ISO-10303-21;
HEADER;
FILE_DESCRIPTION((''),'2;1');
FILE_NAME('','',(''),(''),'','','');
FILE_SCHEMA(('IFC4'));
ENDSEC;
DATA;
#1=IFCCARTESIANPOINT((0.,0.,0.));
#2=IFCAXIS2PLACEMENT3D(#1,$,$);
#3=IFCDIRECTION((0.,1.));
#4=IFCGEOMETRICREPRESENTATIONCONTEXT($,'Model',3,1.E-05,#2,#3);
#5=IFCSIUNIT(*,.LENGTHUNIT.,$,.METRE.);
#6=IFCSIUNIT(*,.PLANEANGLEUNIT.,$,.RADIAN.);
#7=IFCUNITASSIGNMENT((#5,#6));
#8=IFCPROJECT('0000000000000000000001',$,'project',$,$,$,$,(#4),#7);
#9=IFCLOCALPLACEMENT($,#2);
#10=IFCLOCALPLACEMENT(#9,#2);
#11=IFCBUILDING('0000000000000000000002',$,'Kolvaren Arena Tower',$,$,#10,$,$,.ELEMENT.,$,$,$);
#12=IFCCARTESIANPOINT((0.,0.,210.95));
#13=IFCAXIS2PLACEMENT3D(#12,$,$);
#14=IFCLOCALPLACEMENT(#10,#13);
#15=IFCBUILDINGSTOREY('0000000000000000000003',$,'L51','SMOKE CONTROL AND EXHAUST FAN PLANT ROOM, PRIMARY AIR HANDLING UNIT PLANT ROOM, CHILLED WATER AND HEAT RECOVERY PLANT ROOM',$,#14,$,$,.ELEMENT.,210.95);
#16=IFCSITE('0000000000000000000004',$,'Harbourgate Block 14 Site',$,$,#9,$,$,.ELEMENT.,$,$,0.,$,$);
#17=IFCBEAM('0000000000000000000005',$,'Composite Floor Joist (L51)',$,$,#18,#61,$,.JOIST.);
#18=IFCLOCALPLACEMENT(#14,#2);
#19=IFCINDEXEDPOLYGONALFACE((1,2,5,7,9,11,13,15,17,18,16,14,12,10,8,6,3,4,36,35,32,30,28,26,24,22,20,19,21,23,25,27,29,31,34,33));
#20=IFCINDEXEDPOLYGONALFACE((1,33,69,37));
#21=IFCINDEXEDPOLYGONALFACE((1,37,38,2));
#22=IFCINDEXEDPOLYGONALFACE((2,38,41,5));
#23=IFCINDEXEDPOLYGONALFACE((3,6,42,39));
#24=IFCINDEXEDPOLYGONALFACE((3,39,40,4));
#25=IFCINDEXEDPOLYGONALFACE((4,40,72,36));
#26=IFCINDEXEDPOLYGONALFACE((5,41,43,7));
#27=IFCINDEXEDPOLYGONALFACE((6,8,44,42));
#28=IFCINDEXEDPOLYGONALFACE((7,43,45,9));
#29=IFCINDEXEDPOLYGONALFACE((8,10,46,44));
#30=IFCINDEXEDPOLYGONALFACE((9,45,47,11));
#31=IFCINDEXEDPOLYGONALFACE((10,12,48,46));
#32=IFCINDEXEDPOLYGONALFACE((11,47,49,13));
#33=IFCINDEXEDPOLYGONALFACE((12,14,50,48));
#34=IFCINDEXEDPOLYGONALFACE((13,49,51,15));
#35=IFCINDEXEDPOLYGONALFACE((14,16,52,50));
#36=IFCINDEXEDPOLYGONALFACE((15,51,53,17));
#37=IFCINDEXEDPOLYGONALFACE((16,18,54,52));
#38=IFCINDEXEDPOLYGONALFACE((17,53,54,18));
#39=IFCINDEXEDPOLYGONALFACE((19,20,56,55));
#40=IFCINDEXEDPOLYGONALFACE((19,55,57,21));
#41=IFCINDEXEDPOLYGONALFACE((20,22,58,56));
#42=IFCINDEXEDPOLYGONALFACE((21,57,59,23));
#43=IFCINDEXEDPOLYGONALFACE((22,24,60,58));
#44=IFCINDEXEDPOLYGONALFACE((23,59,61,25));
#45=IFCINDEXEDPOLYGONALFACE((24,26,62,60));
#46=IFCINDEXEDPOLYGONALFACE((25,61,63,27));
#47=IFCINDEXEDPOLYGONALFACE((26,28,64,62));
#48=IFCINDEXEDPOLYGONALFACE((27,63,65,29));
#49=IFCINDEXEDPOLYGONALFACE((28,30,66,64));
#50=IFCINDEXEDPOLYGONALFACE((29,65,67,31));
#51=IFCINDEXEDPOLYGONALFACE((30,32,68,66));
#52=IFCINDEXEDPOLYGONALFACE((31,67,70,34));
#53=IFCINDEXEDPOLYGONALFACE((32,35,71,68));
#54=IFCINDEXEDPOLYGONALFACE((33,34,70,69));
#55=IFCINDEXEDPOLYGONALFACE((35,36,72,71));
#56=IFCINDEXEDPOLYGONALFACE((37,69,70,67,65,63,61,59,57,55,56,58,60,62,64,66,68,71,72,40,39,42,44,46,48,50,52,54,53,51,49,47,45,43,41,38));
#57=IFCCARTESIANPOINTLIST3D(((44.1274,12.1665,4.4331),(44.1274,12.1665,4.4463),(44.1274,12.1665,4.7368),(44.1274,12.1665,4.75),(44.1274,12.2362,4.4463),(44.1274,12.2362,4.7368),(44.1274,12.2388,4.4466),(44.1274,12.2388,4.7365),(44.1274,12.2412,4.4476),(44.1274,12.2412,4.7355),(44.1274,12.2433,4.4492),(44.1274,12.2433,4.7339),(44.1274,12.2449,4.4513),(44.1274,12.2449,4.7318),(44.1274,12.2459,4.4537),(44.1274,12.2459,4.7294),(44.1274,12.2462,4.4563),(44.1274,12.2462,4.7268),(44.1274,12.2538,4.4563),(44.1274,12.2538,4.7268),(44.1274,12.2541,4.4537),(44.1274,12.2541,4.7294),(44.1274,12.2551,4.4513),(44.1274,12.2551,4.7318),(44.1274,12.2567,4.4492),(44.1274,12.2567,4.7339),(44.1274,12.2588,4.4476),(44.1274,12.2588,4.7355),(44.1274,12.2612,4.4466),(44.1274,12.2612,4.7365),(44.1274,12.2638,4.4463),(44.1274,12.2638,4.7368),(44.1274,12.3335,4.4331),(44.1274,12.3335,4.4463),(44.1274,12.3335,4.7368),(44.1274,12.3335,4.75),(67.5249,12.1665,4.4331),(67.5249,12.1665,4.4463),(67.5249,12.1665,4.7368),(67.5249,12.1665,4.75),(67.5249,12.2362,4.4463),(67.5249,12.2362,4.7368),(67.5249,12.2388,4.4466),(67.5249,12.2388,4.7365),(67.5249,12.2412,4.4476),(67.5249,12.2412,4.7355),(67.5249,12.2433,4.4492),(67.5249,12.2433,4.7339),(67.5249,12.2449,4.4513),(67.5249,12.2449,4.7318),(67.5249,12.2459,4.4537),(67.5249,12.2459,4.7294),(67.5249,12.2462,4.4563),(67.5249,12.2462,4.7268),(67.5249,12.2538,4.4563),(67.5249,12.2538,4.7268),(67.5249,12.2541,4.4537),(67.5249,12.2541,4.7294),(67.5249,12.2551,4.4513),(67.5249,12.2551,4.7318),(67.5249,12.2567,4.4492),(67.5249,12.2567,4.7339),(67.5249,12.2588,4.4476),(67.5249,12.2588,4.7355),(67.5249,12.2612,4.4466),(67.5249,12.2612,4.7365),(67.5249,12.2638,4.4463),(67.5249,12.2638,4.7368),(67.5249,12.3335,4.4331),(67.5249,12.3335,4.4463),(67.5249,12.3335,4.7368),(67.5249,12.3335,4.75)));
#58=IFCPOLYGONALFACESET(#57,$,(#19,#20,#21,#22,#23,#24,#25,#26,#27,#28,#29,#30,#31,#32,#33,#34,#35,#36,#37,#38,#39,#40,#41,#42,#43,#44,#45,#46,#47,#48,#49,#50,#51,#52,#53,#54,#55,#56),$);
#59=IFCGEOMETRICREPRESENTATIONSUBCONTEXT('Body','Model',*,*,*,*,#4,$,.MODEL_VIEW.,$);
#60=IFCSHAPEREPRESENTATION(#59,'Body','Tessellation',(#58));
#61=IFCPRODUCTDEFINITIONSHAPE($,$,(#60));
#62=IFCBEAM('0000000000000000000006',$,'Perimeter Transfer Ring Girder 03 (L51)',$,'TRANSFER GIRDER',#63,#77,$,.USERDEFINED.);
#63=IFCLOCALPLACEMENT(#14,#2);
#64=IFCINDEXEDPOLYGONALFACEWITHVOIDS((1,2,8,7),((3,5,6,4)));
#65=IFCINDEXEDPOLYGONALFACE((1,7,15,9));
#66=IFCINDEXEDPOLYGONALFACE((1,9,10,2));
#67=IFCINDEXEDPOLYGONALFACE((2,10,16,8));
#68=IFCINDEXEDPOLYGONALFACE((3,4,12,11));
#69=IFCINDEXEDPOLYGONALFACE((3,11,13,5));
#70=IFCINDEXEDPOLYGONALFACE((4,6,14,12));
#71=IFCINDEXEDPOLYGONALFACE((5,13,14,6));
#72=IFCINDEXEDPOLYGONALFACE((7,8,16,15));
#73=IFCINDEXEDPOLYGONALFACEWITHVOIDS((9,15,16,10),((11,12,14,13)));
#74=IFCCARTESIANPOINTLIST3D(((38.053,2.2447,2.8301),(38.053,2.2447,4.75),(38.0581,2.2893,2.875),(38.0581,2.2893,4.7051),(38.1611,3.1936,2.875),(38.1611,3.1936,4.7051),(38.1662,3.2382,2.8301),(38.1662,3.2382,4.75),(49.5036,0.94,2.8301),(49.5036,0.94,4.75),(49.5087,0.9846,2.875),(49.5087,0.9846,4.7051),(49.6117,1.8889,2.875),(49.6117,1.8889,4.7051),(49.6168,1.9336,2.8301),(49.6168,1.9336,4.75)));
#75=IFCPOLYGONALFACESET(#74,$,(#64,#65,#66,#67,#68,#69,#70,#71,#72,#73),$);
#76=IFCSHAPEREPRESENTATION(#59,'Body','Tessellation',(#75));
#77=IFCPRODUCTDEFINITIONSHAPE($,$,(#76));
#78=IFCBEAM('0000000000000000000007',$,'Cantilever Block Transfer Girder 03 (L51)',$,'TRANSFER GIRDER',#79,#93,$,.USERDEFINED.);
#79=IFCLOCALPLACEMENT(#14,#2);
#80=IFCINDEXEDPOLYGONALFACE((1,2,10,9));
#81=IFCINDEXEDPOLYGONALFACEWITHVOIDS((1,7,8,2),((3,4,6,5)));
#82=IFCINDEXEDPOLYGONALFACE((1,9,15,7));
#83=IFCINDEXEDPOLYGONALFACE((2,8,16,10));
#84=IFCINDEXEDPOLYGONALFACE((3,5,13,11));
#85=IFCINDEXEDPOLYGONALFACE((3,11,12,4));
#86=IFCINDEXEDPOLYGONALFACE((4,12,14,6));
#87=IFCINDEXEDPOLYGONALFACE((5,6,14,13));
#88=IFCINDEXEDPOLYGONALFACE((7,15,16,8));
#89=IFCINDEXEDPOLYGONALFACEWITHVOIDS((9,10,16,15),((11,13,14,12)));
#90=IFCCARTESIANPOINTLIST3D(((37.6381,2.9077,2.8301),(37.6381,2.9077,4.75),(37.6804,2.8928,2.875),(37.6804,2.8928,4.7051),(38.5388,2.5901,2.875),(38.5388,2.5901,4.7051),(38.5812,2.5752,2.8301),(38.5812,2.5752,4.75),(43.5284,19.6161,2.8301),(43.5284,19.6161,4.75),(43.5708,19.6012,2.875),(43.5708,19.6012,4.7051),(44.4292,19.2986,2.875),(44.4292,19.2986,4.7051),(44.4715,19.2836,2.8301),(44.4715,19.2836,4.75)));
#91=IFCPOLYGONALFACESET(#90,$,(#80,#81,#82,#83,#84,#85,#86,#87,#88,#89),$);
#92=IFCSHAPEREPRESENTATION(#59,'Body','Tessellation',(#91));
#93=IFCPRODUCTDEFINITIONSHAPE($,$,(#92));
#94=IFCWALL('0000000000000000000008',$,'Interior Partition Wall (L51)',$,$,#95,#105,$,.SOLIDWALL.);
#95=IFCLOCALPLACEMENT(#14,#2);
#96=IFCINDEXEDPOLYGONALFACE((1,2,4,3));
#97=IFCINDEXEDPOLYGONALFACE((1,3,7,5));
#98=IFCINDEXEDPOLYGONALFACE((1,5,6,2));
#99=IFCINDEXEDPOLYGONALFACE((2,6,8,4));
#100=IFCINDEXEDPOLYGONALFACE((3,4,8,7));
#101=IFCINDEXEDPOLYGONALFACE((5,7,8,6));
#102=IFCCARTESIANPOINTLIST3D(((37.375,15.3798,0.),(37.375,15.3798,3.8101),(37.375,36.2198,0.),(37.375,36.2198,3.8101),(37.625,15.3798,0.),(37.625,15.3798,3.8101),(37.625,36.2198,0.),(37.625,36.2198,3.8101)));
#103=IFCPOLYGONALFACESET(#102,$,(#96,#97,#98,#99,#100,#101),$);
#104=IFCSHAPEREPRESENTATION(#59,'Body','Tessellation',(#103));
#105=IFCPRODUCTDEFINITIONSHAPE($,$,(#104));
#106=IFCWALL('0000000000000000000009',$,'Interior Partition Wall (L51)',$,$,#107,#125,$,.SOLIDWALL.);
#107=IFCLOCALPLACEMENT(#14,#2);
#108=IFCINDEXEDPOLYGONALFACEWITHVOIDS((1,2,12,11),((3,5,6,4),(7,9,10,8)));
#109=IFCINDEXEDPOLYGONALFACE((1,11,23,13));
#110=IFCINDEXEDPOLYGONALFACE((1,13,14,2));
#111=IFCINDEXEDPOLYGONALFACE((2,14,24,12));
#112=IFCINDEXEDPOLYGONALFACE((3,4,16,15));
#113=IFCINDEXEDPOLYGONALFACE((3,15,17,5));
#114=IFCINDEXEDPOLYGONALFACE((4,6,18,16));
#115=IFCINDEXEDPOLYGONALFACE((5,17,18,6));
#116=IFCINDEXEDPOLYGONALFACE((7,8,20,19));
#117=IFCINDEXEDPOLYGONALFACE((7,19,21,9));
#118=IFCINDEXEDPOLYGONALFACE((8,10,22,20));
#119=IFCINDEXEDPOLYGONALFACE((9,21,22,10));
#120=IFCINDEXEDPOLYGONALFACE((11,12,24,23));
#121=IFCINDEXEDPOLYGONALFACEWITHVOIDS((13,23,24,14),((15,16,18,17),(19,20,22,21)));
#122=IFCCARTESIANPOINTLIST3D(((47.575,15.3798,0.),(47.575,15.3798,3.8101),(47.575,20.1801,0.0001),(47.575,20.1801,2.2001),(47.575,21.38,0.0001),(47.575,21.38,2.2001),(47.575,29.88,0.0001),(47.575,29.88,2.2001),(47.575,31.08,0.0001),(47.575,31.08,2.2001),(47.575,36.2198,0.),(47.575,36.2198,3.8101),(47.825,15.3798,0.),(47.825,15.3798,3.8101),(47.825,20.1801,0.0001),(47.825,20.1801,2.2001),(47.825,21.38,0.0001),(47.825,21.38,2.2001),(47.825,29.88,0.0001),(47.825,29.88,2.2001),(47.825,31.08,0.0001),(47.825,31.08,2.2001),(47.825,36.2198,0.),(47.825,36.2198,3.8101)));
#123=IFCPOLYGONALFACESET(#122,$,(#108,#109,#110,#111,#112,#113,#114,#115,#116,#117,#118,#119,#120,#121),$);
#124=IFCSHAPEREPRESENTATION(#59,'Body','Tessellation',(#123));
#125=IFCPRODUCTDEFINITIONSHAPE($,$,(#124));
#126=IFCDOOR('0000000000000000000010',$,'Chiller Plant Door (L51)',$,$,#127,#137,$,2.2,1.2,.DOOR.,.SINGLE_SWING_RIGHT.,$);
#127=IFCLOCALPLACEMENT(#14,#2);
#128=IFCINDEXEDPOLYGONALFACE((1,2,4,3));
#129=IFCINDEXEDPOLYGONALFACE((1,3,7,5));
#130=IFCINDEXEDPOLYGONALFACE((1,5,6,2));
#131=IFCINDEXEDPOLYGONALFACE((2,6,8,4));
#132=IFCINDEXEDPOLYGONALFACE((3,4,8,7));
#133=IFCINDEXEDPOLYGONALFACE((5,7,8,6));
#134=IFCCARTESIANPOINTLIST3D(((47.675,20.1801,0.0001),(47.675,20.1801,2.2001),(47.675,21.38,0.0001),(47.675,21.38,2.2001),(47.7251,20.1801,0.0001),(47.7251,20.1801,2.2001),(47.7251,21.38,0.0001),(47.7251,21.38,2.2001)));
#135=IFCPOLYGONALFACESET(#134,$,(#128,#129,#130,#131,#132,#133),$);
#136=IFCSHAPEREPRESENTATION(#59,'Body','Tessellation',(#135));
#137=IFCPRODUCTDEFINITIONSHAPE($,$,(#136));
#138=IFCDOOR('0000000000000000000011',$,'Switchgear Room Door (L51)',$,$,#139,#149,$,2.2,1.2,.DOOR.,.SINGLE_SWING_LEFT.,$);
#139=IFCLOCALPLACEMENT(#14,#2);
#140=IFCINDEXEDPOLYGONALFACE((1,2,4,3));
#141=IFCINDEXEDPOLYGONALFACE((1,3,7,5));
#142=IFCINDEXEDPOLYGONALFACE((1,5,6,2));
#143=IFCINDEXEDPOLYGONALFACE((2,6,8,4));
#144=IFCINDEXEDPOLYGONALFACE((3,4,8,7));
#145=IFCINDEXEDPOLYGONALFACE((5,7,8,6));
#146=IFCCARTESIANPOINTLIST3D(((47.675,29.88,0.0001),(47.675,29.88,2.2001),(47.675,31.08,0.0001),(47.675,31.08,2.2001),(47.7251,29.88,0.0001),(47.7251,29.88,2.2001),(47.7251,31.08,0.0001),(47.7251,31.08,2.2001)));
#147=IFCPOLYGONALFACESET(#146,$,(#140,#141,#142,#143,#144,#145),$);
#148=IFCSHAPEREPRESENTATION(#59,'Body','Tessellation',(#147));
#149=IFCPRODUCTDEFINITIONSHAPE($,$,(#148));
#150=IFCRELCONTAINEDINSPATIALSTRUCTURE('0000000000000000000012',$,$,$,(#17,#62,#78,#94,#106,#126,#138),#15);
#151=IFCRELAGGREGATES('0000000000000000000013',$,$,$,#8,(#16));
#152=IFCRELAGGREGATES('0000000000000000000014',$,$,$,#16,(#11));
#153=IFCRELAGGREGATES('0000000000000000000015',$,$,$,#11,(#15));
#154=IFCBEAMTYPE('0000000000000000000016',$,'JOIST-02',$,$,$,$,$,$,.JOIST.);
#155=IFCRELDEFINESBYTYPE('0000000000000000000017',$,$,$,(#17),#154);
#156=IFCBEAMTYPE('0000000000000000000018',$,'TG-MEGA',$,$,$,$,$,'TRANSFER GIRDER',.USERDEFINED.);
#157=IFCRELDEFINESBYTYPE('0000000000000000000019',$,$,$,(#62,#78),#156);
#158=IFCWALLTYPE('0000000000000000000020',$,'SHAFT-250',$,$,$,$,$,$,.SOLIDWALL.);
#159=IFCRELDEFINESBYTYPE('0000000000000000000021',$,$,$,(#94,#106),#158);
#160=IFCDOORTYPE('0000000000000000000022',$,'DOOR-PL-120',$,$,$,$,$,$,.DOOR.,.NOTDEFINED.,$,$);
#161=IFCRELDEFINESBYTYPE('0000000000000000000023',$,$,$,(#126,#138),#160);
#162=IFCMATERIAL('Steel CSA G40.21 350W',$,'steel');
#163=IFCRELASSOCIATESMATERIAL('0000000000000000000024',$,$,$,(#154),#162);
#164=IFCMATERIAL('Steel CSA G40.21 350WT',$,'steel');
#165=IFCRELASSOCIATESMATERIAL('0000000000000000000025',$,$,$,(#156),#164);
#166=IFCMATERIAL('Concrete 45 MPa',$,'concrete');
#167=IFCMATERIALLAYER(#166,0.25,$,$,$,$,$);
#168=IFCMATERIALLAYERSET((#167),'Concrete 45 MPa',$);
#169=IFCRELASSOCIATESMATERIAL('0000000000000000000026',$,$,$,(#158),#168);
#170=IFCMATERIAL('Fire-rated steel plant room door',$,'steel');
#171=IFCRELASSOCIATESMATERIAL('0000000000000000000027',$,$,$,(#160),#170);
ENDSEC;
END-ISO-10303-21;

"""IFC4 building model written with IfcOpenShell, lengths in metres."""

from ifc_helpers import new_model, si_unit, direction, frame, frame_2d, origin, origin_2d, place, context, subcontext, project, spatial, rectangle, hollow_rectangle, i_section, extrude, material, layer, layer_set, material_profile, profile_set, type_object, element, fill, save


model = new_model("IFC4")

# Units and contexts
model_context = context("Model", 3, precision=1e-05, world=origin(), true_north=direction((0.0, 1.0)))
body_context = subcontext(model_context, "Body", "Model", "MODEL_VIEW")
ifc_project = project(units=[si_unit("LENGTHUNIT", "METRE"), si_unit("PLANEANGLEUNIT", "RADIAN")], contexts=[model_context])

# Site, building, storey
site_placement = place(None, origin())
site = spatial("IfcSite", under=ifc_project, at=site_placement, Name="Harbourgate Block 14 Site", CompositionType="ELEMENT", RefElevation=0.0)
building_placement = place(site_placement, origin())
building = spatial("IfcBuilding", under=site, at=building_placement, Name="Kolvaren Arena Tower", CompositionType="ELEMENT")
storey_placement = place(building_placement, frame((0.0, 0.0, 210.95)))
storey = spatial("IfcBuildingStorey", under=building, at=storey_placement, Name="L51", Description="SMOKE CONTROL AND EXHAUST FAN PLANT ROOM, PRIMARY AIR HANDLING UNIT PLANT ROOM, CHILLED WATER AND HEAT RECOVERY PLANT ROOM", CompositionType="ELEMENT", Elevation=210.95)

# Beams
ifc_material_1 = material(Name="Steel CSA G40.21 350W", Category="steel")
ifc_material_profile_1 = material_profile(ifc_material_1, i_section(OverallWidth=0.167, OverallDepth=0.3169, WebThickness=0.0076, FlangeThickness=0.0132, FilletRadius=0.01, at=origin_2d()), Name="W310x52")
ifc_profile_set_1 = profile_set([ifc_material_profile_1], Name="Steel CSA G40.21 350W")
beam_type_1 = type_object("IfcBeamType", Name="JOIST-02", PredefinedType="JOIST", material=ifc_profile_set_1)
beam_1_placement = place(storey_placement, frame((44.1274, 12.25, 4.5916), z_axis=(1.0, 0.0, 0.0), x_axis=(0.0, 1.0, 0.0)))
element("IfcBeam", 1, at=beam_1_placement, inside=storey, type_object=beam_type_1, Name="Composite Floor Joist (L51)", PredefinedType="JOIST", context=body_context, shape_type="SweptSolid", body=[
    extrude(i_section(OverallWidth=0.167, OverallDepth=0.3169, WebThickness=0.0076, FlangeThickness=0.0132, FilletRadius=0.01, at=origin_2d()), origin(), (0.0, 0.0, 1.0), 23.3975),
])
ifc_material_2 = material(Name="Steel CSA G40.21 350WT", Category="steel")
ifc_material_profile_2 = material_profile(ifc_material_2, hollow_rectangle(XDim=1.0, YDim=1.9199, WallThickness=0.0449, at=origin_2d()), Name="BOX 1000x1920x45")
ifc_profile_set_2 = profile_set([ifc_material_profile_2], Name="Steel CSA G40.21 350WT")
beam_type_2 = type_object("IfcBeamType", Name="TG-MEGA", ElementType="TRANSFER GIRDER", PredefinedType="USERDEFINED", material=ifc_profile_set_2)
beam_2_placement = place(storey_placement, frame((38.1096, 2.7415, 3.79), z_axis=(0.993571, -0.113207, 0.0), x_axis=(0.113207, 0.993571, 0.0)))
element("IfcBeam", 2, at=beam_2_placement, inside=storey, type_object=beam_type_2, Name="Perimeter Transfer Ring Girder 03 (L51)", ObjectType="TRANSFER GIRDER", PredefinedType="USERDEFINED", context=body_context, shape_type="SweptSolid", body=[
    extrude(hollow_rectangle(XDim=1.0, YDim=1.9199, WallThickness=0.0449, at=origin_2d()), origin(), (0.0, 0.0, 1.0), 11.5247),
])
beam_3_placement = place(storey_placement, frame((38.1096, 2.7415, 3.79), z_axis=(0.332482, 0.94311, 0.0), x_axis=(-0.94311, 0.332482, 0.0)))
element("IfcBeam", 3, at=beam_3_placement, inside=storey, type_object=beam_type_2, Name="Cantilever Block Transfer Girder 03 (L51)", ObjectType="TRANSFER GIRDER", PredefinedType="USERDEFINED", context=body_context, shape_type="SweptSolid", body=[
    extrude(hollow_rectangle(XDim=1.0, YDim=1.9199, WallThickness=0.0449, at=origin_2d()), origin(), (0.0, 0.0, 1.0), 17.7163),
])

# Wall
ifc_material_3 = material(Name="Concrete 45 MPa", Category="concrete")
ifc_layer = layer(ifc_material_3, 0.25)
ifc_layer_set = layer_set([ifc_layer], Name="Concrete 45 MPa")
wall_type = type_object("IfcWallType", Name="SHAFT-250", PredefinedType="SOLIDWALL", material=ifc_layer_set)
wall_1_placement = place(storey_placement, frame((37.5, 15.3799, 0.0), z_axis=(0.0, 0.0, 1.0), x_axis=(0.0, 1.0, 0.0)))
element("IfcWall", 4, at=wall_1_placement, inside=storey, type_object=wall_type, Name="Interior Partition Wall (L51)", PredefinedType="SOLIDWALL", context=body_context, shape_type="SweptSolid", body=[
    extrude(rectangle(XDim=20.8401, YDim=0.25, at=frame_2d((10.4199, 0.0))), origin(), (0.0, 0.0, 1.0), 3.8101),
])

# Wall, openings, doors
wall_2_placement = place(storey_placement, frame((47.7, 15.3799, 0.0), z_axis=(0.0, 0.0, 1.0), x_axis=(0.0, 1.0, 0.0)))
wall_2 = element("IfcWall", 5, at=wall_2_placement, inside=storey, type_object=wall_type, Name="Interior Partition Wall (L51)", PredefinedType="SOLIDWALL", context=body_context, shape_type="SweptSolid", body=[
    extrude(rectangle(XDim=20.8401, YDim=0.25, at=frame_2d((10.4199, 0.0))), origin(), (0.0, 0.0, 1.0), 3.8101),
])
opening_1_placement = place(wall_2_placement, frame((4.8, 0.0, 0.0)))
opening_1 = element("IfcOpeningElement", 6, at=opening_1_placement, cuts=wall_2, PredefinedType="OPENING", context=body_context, shape_type="SweptSolid", body=[
    extrude(rectangle(XDim=1.2, YDim=2.2, at=frame_2d((0.6001, 1.1001))), frame((0.0, 0.135, 0.0), z_axis=(0.0, -1.0, 0.0), x_axis=(1.0, 0.0, 0.0)), (0.0, 0.0, 1.0), 0.27),
])
opening_2_placement = place(wall_2_placement, frame((14.5, 0.0, 0.0)))
opening_2 = element("IfcOpeningElement", 7, at=opening_2_placement, cuts=wall_2, PredefinedType="OPENING", context=body_context, shape_type="SweptSolid", body=[
    extrude(rectangle(XDim=1.2, YDim=2.2, at=frame_2d((0.6001, 1.1001))), frame((0.0, 0.135, 0.0), z_axis=(0.0, -1.0, 0.0), x_axis=(1.0, 0.0, 0.0)), (0.0, 0.0, 1.0), 0.27),
])
ifc_material_4 = material(Name="Fire-rated steel plant room door", Category="steel")
door_type = type_object("IfcDoorType", Name="DOOR-PL-120", OperationType="NOTDEFINED", PredefinedType="DOOR", material=ifc_material_4)
door_1_placement = place(opening_1_placement, origin())
door_1 = element("IfcDoor", 8, at=door_1_placement, inside=storey, type_object=door_type, Name="Chiller Plant Door (L51)", OperationType="SINGLE_SWING_RIGHT", OverallHeight=2.2, OverallWidth=1.2, PredefinedType="DOOR", context=body_context, shape_type="SweptSolid", body=[
    extrude(rectangle(XDim=1.2, YDim=2.2, at=frame_2d((0.6001, 1.1001))), frame((0.0, 0.0249, 0.0), z_axis=(0.0, -1.0, 0.0), x_axis=(1.0, 0.0, 0.0)), (0.0, 0.0, 1.0), 0.05),
])
fill(opening_1, door_1)
door_2_placement = place(opening_2_placement, origin())
door_2 = element("IfcDoor", 9, at=door_2_placement, inside=storey, type_object=door_type, Name="Switchgear Room Door (L51)", OperationType="SINGLE_SWING_LEFT", OverallHeight=2.2, OverallWidth=1.2, PredefinedType="DOOR", context=body_context, shape_type="SweptSolid", body=[
    extrude(rectangle(XDim=1.2, YDim=2.2, at=frame_2d((0.6001, 1.1001))), frame((0.0, 0.0249, 0.0), z_axis=(0.0, -1.0, 0.0), x_axis=(1.0, 0.0, 0.0)), (0.0, 0.0, 1.0), 0.05),
])
fill(opening_2, door_2)

save(model, "model.ifc")
